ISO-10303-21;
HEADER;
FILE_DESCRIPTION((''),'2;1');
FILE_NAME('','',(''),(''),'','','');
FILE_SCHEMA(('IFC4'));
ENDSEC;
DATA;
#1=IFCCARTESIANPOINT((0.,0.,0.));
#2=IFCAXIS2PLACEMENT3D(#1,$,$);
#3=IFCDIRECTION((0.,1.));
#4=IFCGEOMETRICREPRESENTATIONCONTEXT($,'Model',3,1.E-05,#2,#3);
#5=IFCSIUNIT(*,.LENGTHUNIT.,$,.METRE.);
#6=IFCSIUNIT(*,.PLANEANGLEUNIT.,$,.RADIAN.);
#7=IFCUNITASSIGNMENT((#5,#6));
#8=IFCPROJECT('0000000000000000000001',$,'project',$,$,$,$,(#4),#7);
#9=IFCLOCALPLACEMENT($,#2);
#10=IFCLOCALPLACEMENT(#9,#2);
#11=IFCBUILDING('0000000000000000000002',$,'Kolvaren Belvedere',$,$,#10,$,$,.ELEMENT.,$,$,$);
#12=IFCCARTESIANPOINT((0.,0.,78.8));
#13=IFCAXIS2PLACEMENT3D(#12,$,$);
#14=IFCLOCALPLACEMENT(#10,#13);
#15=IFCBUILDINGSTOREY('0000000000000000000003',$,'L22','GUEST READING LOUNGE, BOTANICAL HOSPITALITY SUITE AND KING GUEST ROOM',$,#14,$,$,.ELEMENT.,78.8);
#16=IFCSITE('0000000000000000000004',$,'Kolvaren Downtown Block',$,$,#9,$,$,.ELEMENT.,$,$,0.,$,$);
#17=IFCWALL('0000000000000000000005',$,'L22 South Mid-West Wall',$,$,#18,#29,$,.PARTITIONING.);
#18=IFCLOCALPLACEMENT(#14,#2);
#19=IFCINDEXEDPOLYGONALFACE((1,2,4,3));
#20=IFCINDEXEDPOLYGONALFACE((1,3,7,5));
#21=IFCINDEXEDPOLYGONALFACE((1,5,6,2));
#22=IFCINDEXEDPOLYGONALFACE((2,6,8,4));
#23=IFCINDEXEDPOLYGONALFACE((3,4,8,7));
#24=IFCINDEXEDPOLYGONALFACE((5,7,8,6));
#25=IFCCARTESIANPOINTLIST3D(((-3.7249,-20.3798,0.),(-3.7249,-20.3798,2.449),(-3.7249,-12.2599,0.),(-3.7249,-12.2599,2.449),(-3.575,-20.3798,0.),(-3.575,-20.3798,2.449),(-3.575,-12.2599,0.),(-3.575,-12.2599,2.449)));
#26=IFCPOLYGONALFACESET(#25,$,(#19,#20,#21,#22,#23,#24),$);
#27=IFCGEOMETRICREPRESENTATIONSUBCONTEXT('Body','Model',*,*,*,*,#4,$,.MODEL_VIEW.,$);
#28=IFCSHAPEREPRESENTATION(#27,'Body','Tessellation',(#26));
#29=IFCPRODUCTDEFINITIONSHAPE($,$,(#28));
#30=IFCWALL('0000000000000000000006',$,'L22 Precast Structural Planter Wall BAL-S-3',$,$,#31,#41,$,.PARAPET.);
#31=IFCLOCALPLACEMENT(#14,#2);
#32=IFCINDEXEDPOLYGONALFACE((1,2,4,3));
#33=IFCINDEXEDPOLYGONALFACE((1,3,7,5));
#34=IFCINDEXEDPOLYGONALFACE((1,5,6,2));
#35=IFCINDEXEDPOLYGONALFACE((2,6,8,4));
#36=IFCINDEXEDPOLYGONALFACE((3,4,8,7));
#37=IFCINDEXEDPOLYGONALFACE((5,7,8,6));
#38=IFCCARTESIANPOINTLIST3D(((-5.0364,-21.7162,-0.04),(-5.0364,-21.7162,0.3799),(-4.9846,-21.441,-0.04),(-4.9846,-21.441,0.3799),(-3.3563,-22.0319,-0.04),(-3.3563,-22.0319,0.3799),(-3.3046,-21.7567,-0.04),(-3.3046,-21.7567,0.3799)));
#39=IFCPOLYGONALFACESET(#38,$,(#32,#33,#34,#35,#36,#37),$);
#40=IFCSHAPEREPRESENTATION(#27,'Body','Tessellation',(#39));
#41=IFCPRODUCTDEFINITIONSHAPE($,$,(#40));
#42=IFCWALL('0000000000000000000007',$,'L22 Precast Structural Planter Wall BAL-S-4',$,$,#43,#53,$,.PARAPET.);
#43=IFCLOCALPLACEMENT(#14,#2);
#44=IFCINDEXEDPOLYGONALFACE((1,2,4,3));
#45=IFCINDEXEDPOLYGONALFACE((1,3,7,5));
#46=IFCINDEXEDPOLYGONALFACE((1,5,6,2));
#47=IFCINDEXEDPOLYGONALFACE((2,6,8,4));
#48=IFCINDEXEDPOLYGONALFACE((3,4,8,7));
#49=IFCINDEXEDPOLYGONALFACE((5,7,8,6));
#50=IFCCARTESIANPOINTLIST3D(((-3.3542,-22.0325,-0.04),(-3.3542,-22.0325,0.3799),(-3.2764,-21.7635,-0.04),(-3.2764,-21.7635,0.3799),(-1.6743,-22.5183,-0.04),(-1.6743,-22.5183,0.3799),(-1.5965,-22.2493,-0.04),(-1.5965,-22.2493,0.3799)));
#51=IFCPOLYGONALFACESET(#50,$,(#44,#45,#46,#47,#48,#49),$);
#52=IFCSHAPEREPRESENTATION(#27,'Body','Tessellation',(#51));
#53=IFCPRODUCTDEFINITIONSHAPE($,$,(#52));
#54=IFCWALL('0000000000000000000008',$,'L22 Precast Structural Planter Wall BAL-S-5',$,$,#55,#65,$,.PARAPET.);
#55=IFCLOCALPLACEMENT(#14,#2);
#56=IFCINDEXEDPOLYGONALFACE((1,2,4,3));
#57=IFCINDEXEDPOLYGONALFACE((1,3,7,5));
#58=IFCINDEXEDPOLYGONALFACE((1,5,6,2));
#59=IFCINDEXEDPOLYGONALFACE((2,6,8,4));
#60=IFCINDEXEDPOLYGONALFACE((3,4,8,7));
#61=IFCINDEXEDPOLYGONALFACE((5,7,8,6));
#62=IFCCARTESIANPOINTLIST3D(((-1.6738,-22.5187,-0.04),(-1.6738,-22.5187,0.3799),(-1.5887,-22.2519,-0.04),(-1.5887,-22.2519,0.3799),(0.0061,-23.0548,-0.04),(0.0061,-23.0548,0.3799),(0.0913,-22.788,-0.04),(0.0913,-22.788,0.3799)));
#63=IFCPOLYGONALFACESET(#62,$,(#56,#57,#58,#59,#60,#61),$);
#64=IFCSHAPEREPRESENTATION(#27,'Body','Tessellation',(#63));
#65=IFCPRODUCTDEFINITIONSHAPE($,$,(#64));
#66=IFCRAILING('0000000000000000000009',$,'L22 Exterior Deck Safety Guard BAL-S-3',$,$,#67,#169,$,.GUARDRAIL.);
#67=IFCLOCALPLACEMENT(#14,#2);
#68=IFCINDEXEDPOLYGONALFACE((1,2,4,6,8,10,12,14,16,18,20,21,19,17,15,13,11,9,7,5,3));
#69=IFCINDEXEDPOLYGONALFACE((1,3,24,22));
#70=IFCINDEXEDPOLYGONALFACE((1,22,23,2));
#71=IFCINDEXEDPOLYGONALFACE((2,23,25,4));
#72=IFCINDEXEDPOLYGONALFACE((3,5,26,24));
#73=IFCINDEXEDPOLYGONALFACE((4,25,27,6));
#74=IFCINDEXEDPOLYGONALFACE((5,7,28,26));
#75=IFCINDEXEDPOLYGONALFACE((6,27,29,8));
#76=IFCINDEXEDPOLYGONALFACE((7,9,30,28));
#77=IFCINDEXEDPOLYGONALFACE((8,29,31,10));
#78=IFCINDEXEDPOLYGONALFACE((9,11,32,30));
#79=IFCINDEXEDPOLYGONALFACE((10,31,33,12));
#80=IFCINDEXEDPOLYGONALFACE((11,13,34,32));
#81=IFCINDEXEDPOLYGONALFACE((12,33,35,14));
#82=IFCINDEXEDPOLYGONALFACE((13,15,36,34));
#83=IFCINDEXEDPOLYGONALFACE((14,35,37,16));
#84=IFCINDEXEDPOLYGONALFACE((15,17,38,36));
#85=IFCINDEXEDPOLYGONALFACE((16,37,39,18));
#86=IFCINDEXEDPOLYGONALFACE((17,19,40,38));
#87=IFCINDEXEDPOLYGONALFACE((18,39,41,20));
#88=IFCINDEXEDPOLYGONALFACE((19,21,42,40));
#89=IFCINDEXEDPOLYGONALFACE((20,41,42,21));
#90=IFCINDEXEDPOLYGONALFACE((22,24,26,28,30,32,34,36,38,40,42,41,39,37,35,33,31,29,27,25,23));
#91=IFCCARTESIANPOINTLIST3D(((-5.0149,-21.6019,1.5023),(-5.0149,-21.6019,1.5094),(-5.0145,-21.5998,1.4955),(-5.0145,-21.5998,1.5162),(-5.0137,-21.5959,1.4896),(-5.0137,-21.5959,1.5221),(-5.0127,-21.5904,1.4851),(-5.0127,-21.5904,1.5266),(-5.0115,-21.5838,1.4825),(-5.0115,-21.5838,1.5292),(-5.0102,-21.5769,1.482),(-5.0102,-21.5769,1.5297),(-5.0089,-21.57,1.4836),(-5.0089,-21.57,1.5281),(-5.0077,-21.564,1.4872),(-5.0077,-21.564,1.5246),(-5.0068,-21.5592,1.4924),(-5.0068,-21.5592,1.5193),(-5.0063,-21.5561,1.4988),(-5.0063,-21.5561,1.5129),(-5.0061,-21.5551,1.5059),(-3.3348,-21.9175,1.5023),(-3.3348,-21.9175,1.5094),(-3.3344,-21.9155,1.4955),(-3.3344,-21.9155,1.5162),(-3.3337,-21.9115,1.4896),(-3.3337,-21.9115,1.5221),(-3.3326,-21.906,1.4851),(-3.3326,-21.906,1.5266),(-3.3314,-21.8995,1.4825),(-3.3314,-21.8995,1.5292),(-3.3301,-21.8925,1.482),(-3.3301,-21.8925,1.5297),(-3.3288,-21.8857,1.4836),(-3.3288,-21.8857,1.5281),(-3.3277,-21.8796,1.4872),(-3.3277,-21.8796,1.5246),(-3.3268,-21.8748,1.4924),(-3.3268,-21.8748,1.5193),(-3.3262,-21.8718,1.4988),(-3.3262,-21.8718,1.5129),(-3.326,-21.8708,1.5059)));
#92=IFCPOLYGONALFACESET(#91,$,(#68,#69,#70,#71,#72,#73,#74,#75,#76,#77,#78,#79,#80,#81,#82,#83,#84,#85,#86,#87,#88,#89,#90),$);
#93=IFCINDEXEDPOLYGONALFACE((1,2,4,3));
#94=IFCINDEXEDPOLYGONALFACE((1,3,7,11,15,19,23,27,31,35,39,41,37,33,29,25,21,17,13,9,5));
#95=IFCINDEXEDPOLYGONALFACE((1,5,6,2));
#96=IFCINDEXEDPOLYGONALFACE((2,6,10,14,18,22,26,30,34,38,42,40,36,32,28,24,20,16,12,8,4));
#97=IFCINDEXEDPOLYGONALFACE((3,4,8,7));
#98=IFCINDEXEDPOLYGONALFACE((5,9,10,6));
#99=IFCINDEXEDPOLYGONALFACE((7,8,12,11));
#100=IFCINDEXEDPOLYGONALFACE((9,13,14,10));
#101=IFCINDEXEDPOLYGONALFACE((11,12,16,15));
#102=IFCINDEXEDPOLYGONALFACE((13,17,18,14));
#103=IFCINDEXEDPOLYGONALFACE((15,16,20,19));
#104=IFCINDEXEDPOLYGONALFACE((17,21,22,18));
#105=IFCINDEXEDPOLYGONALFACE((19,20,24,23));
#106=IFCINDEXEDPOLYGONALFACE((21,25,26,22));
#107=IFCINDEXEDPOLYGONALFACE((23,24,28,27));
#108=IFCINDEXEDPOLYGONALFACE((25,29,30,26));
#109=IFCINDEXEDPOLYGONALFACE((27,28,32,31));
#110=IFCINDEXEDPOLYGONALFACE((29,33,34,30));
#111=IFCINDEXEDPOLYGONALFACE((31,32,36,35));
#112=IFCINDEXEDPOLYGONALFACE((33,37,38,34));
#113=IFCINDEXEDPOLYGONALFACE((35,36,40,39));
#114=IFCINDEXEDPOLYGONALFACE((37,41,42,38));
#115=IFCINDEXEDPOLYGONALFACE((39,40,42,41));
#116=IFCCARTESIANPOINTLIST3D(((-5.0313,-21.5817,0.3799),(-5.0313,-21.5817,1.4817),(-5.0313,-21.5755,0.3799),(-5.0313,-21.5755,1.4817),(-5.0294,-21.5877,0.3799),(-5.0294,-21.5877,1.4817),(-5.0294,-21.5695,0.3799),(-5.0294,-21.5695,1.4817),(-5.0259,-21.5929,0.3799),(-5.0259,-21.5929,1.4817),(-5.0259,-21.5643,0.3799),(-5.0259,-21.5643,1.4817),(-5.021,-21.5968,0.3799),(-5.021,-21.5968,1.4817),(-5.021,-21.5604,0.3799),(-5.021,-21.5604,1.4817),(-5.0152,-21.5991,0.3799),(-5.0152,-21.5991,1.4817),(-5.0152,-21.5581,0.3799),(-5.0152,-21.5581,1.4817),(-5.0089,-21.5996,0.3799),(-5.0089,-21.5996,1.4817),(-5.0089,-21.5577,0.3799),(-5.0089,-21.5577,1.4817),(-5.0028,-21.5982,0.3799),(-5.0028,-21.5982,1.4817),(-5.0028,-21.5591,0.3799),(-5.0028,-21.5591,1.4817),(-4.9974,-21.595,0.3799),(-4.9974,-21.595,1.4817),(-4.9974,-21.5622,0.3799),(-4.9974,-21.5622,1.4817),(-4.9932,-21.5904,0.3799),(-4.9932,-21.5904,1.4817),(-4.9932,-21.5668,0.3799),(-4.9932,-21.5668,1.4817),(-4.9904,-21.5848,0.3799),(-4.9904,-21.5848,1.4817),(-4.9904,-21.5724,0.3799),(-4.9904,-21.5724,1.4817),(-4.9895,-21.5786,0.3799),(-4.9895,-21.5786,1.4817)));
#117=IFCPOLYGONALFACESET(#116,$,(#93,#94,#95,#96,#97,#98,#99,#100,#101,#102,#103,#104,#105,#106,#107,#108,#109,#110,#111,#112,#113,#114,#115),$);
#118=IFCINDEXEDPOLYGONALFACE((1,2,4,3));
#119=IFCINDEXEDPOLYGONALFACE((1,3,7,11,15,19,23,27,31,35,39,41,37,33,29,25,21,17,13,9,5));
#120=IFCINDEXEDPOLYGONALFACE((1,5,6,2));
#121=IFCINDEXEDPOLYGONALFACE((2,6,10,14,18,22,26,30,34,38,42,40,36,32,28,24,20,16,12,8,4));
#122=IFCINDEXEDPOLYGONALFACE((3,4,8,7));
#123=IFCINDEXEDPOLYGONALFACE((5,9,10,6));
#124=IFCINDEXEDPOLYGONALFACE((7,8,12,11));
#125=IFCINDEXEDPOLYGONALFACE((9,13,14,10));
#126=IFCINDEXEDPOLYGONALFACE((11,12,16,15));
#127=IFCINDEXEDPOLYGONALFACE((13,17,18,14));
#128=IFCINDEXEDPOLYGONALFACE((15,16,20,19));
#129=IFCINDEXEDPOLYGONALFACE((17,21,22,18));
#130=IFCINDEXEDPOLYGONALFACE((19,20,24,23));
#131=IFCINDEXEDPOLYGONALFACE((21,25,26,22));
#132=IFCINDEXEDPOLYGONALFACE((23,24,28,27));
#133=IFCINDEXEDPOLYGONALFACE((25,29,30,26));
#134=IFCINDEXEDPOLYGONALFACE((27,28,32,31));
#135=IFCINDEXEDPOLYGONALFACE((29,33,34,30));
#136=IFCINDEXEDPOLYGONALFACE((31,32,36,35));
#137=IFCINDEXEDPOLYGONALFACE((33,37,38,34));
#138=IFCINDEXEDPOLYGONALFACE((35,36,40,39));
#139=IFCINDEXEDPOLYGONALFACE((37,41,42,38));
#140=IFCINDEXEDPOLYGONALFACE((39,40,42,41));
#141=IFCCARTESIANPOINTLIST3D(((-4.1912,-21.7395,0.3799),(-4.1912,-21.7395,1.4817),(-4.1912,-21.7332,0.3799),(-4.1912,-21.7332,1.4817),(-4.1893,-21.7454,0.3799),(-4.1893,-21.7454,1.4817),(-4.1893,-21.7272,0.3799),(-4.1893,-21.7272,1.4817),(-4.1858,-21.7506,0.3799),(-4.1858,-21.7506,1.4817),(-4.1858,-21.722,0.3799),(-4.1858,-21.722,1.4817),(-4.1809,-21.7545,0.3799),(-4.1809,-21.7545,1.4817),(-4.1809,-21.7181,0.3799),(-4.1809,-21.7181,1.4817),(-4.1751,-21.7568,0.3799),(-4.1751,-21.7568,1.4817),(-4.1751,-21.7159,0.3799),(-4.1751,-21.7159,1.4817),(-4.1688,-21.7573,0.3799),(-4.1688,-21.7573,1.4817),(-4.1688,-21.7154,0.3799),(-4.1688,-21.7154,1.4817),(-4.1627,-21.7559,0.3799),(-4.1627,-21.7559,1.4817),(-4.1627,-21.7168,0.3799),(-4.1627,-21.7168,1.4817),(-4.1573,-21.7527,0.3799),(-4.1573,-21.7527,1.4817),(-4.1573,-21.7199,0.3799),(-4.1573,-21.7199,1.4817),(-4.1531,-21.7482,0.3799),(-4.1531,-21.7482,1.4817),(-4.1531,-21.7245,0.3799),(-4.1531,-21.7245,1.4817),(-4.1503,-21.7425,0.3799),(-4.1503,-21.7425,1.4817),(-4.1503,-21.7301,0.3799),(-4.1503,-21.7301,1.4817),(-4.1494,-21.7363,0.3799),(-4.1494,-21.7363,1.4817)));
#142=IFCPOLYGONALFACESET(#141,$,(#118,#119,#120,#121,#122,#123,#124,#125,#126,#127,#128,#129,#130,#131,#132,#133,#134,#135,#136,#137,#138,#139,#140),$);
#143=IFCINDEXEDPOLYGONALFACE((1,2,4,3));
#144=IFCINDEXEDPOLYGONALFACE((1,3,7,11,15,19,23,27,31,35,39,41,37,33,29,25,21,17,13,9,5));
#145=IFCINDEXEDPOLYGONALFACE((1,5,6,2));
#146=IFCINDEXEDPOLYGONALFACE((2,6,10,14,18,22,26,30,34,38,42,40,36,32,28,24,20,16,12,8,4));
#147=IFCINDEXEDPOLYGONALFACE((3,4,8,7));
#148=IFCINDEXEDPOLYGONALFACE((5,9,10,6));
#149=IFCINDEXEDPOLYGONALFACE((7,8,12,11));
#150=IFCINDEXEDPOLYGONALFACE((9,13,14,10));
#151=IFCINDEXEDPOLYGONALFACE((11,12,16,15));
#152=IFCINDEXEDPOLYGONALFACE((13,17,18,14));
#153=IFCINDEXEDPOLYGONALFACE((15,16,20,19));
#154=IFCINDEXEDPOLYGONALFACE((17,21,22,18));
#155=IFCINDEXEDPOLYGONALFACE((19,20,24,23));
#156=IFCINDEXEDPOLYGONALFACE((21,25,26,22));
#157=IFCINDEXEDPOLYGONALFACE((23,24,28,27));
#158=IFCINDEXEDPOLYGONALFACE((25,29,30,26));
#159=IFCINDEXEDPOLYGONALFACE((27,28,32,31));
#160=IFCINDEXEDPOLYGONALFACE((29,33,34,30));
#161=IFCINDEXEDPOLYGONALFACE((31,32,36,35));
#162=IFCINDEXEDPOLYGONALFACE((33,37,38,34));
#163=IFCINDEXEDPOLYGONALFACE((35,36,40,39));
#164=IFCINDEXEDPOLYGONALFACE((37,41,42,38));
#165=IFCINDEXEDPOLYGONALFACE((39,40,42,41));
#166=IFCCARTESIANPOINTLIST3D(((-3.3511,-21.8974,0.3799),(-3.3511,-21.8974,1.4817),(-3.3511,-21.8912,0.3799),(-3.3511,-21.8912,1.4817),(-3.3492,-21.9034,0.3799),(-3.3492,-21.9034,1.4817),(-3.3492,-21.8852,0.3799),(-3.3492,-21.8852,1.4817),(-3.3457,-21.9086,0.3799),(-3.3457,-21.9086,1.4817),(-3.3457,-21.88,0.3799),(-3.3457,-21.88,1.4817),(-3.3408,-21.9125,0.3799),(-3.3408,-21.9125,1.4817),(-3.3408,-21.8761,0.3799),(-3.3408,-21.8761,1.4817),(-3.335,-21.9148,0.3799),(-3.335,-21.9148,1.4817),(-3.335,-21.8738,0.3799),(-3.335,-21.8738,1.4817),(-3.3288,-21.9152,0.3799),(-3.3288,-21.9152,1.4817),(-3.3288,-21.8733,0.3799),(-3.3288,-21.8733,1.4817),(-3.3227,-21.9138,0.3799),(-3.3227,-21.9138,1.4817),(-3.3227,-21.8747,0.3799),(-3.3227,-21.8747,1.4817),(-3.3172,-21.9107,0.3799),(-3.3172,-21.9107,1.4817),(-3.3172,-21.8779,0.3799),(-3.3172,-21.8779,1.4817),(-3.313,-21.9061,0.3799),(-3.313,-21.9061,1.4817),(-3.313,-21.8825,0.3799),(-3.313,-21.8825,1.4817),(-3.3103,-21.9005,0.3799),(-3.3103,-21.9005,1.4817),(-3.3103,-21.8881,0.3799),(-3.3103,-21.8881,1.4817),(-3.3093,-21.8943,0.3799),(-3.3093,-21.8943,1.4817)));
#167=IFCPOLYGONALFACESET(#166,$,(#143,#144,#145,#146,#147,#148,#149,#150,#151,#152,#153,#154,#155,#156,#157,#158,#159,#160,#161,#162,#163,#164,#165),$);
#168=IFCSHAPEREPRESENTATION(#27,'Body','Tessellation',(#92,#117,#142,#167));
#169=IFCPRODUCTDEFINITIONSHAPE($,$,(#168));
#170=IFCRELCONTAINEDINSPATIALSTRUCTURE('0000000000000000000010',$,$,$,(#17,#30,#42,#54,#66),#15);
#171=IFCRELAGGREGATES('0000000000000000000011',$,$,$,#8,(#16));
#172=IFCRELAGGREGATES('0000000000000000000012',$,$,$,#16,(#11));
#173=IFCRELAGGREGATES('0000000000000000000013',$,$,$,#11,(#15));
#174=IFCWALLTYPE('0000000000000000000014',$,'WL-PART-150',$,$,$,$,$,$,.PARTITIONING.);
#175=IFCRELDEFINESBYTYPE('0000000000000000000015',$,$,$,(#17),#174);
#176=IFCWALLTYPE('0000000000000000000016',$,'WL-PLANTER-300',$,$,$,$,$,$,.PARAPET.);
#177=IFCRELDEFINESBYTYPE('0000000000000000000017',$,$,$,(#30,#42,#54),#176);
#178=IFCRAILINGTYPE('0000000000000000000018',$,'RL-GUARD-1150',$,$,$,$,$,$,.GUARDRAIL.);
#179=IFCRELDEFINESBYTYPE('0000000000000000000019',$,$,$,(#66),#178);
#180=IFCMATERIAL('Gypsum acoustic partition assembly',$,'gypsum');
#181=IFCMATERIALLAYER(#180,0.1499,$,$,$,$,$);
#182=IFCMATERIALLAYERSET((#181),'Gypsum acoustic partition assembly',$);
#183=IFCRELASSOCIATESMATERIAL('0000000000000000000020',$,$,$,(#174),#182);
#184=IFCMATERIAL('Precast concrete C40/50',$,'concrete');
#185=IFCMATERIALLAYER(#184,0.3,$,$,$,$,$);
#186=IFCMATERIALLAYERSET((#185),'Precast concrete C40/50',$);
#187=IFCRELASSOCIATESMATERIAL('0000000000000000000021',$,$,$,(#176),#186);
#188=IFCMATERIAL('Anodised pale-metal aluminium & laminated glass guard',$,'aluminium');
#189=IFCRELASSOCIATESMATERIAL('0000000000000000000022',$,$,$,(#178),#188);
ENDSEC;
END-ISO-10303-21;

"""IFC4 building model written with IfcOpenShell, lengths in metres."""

from ifc_helpers import new_model, si_unit, direction, frame, frame_2d, origin, origin_2d, place, context, subcontext, project, spatial, rectangle, circle, extrude, material, layer, layer_set, type_object, element, save


model = new_model("IFC4")

# Units and contexts
model_context = context("Model", 3, precision=1e-05, world=origin(), true_north=direction((0.0, 1.0)))
body_context = subcontext(model_context, "Body", "Model", "MODEL_VIEW")
ifc_project = project(units=[si_unit("LENGTHUNIT", "METRE"), si_unit("PLANEANGLEUNIT", "RADIAN")], contexts=[model_context])

# Site, building, storey
site_placement = place(None, origin())
site = spatial("IfcSite", under=ifc_project, at=site_placement, Name="Kolvaren Downtown Block", CompositionType="ELEMENT", RefElevation=0.0)
building_placement = place(site_placement, origin())
building = spatial("IfcBuilding", under=site, at=building_placement, Name="Kolvaren Belvedere", CompositionType="ELEMENT")
storey_placement = place(building_placement, frame((0.0, 0.0, 78.8)))
storey = spatial("IfcBuildingStorey", under=building, at=storey_placement, Name="L22", Description="GUEST READING LOUNGE, BOTANICAL HOSPITALITY SUITE AND KING GUEST ROOM", CompositionType="ELEMENT", Elevation=78.8)

# Walls
ifc_material_1 = material(Name="Gypsum acoustic partition assembly", Category="gypsum")
ifc_layer_1 = layer(ifc_material_1, 0.1499)
ifc_layer_set_1 = layer_set([ifc_layer_1], Name="Gypsum acoustic partition assembly")
wall_type_1 = type_object("IfcWallType", Name="WL-PART-150", PredefinedType="PARTITIONING", material=ifc_layer_set_1)
wall_1_placement = place(storey_placement, frame((-3.6499, -20.3799, 0.0), z_axis=(0.0, 0.0, 1.0), x_axis=(0.0, 1.0, 0.0)))
element("IfcWall", 1, at=wall_1_placement, inside=storey, type_object=wall_type_1, Name="L22 South Mid-West Wall", PredefinedType="PARTITIONING", context=body_context, shape_type="SweptSolid", body=[
    extrude(rectangle(XDim=8.1199, YDim=0.1499, at=frame_2d((4.0601, 0.0))), origin(), (0.0, 0.0, 1.0), 2.449),
])
ifc_material_2 = material(Name="Precast concrete C40/50", Category="concrete")
ifc_layer_2 = layer(ifc_material_2, 0.3)
ifc_layer_set_2 = layer_set([ifc_layer_2], Name="Precast concrete C40/50")
wall_type_2 = type_object("IfcWallType", Name="WL-PLANTER-300", PredefinedType="PARAPET", material=ifc_layer_set_2)
wall_2_placement = place(storey_placement, frame((-5.0105, -21.5786, -0.04), z_axis=(0.0, 0.0, 1.0), x_axis=(0.982804, -0.184651, 0.0)))
element("IfcWall", 2, at=wall_2_placement, inside=storey, type_object=wall_type_2, Name="L22 Precast Structural Planter Wall BAL-S-3", PredefinedType="PARAPET", context=body_context, shape_type="SweptSolid", body=[
    extrude(rectangle(XDim=1.7095, YDim=0.28, at=frame_2d((0.8547, 0.0))), origin(), (0.0, 0.0, 1.0), 0.4199),
])
wall_3_placement = place(storey_placement, frame((-3.3154, -21.8979, -0.04), z_axis=(0.0, 0.0, 1.0), x_axis=(0.960634, -0.277817, 0.0)))
element("IfcWall", 3, at=wall_3_placement, inside=storey, type_object=wall_type_2, Name="L22 Precast Structural Planter Wall BAL-S-4", PredefinedType="PARAPET", context=body_context, shape_type="SweptSolid", body=[
    extrude(rectangle(XDim=1.7488, YDim=0.28, at=frame_2d((0.8745, 0.0))), origin(), (0.0, 0.0, 1.0), 0.4199),
])
wall_4_placement = place(storey_placement, frame((-1.6313, -22.3853, -0.04), z_axis=(0.0, 0.0, 1.0), x_axis=(0.952662, -0.304032, 0.0)))
element("IfcWall", 4, at=wall_4_placement, inside=storey, type_object=wall_type_2, Name="L22 Precast Structural Planter Wall BAL-S-5", PredefinedType="PARAPET", context=body_context, shape_type="SweptSolid", body=[
    extrude(rectangle(XDim=1.7634, YDim=0.28, at=frame_2d((0.8818, 0.0))), origin(), (0.0, 0.0, 1.0), 0.4199),
])

# Railing
ifc_material_3 = material(Name="Anodised pale-metal aluminium & laminated glass guard", Category="aluminium")
railing_type = type_object("IfcRailingType", Name="RL-GUARD-1150", PredefinedType="GUARDRAIL", material=ifc_material_3)
railing_1_placement = place(storey_placement, frame((-5.0105, -21.5786, 0.3799)))
element("IfcRailing", 5, at=railing_1_placement, inside=storey, type_object=railing_type, Name="L22 Exterior Deck Safety Guard BAL-S-3", PredefinedType="GUARDRAIL", context=body_context, shape_type="SweptSolid", body=[
    extrude(circle(Radius=0.0239, at=origin_2d()), frame((0.0, 0.0, 1.126), z_axis=(0.982804, -0.184651, 0.0), x_axis=(0.184651, 0.982804, 0.0)), (0.0, 0.0, 1.0), 1.7095),
    extrude(circle(Radius=0.021, at=origin_2d()), origin(), (0.0, 0.0, 1.0), 1.1018),
    extrude(circle(Radius=0.021, at=origin_2d()), frame((0.8401, -0.1577, 0.0)), (0.0, 0.0, 1.0), 1.1018),
    extrude(circle(Radius=0.021, at=origin_2d()), frame((1.6802, -0.3157, 0.0)), (0.0, 0.0, 1.0), 1.1018),
])

save(model, "model.ifc")
